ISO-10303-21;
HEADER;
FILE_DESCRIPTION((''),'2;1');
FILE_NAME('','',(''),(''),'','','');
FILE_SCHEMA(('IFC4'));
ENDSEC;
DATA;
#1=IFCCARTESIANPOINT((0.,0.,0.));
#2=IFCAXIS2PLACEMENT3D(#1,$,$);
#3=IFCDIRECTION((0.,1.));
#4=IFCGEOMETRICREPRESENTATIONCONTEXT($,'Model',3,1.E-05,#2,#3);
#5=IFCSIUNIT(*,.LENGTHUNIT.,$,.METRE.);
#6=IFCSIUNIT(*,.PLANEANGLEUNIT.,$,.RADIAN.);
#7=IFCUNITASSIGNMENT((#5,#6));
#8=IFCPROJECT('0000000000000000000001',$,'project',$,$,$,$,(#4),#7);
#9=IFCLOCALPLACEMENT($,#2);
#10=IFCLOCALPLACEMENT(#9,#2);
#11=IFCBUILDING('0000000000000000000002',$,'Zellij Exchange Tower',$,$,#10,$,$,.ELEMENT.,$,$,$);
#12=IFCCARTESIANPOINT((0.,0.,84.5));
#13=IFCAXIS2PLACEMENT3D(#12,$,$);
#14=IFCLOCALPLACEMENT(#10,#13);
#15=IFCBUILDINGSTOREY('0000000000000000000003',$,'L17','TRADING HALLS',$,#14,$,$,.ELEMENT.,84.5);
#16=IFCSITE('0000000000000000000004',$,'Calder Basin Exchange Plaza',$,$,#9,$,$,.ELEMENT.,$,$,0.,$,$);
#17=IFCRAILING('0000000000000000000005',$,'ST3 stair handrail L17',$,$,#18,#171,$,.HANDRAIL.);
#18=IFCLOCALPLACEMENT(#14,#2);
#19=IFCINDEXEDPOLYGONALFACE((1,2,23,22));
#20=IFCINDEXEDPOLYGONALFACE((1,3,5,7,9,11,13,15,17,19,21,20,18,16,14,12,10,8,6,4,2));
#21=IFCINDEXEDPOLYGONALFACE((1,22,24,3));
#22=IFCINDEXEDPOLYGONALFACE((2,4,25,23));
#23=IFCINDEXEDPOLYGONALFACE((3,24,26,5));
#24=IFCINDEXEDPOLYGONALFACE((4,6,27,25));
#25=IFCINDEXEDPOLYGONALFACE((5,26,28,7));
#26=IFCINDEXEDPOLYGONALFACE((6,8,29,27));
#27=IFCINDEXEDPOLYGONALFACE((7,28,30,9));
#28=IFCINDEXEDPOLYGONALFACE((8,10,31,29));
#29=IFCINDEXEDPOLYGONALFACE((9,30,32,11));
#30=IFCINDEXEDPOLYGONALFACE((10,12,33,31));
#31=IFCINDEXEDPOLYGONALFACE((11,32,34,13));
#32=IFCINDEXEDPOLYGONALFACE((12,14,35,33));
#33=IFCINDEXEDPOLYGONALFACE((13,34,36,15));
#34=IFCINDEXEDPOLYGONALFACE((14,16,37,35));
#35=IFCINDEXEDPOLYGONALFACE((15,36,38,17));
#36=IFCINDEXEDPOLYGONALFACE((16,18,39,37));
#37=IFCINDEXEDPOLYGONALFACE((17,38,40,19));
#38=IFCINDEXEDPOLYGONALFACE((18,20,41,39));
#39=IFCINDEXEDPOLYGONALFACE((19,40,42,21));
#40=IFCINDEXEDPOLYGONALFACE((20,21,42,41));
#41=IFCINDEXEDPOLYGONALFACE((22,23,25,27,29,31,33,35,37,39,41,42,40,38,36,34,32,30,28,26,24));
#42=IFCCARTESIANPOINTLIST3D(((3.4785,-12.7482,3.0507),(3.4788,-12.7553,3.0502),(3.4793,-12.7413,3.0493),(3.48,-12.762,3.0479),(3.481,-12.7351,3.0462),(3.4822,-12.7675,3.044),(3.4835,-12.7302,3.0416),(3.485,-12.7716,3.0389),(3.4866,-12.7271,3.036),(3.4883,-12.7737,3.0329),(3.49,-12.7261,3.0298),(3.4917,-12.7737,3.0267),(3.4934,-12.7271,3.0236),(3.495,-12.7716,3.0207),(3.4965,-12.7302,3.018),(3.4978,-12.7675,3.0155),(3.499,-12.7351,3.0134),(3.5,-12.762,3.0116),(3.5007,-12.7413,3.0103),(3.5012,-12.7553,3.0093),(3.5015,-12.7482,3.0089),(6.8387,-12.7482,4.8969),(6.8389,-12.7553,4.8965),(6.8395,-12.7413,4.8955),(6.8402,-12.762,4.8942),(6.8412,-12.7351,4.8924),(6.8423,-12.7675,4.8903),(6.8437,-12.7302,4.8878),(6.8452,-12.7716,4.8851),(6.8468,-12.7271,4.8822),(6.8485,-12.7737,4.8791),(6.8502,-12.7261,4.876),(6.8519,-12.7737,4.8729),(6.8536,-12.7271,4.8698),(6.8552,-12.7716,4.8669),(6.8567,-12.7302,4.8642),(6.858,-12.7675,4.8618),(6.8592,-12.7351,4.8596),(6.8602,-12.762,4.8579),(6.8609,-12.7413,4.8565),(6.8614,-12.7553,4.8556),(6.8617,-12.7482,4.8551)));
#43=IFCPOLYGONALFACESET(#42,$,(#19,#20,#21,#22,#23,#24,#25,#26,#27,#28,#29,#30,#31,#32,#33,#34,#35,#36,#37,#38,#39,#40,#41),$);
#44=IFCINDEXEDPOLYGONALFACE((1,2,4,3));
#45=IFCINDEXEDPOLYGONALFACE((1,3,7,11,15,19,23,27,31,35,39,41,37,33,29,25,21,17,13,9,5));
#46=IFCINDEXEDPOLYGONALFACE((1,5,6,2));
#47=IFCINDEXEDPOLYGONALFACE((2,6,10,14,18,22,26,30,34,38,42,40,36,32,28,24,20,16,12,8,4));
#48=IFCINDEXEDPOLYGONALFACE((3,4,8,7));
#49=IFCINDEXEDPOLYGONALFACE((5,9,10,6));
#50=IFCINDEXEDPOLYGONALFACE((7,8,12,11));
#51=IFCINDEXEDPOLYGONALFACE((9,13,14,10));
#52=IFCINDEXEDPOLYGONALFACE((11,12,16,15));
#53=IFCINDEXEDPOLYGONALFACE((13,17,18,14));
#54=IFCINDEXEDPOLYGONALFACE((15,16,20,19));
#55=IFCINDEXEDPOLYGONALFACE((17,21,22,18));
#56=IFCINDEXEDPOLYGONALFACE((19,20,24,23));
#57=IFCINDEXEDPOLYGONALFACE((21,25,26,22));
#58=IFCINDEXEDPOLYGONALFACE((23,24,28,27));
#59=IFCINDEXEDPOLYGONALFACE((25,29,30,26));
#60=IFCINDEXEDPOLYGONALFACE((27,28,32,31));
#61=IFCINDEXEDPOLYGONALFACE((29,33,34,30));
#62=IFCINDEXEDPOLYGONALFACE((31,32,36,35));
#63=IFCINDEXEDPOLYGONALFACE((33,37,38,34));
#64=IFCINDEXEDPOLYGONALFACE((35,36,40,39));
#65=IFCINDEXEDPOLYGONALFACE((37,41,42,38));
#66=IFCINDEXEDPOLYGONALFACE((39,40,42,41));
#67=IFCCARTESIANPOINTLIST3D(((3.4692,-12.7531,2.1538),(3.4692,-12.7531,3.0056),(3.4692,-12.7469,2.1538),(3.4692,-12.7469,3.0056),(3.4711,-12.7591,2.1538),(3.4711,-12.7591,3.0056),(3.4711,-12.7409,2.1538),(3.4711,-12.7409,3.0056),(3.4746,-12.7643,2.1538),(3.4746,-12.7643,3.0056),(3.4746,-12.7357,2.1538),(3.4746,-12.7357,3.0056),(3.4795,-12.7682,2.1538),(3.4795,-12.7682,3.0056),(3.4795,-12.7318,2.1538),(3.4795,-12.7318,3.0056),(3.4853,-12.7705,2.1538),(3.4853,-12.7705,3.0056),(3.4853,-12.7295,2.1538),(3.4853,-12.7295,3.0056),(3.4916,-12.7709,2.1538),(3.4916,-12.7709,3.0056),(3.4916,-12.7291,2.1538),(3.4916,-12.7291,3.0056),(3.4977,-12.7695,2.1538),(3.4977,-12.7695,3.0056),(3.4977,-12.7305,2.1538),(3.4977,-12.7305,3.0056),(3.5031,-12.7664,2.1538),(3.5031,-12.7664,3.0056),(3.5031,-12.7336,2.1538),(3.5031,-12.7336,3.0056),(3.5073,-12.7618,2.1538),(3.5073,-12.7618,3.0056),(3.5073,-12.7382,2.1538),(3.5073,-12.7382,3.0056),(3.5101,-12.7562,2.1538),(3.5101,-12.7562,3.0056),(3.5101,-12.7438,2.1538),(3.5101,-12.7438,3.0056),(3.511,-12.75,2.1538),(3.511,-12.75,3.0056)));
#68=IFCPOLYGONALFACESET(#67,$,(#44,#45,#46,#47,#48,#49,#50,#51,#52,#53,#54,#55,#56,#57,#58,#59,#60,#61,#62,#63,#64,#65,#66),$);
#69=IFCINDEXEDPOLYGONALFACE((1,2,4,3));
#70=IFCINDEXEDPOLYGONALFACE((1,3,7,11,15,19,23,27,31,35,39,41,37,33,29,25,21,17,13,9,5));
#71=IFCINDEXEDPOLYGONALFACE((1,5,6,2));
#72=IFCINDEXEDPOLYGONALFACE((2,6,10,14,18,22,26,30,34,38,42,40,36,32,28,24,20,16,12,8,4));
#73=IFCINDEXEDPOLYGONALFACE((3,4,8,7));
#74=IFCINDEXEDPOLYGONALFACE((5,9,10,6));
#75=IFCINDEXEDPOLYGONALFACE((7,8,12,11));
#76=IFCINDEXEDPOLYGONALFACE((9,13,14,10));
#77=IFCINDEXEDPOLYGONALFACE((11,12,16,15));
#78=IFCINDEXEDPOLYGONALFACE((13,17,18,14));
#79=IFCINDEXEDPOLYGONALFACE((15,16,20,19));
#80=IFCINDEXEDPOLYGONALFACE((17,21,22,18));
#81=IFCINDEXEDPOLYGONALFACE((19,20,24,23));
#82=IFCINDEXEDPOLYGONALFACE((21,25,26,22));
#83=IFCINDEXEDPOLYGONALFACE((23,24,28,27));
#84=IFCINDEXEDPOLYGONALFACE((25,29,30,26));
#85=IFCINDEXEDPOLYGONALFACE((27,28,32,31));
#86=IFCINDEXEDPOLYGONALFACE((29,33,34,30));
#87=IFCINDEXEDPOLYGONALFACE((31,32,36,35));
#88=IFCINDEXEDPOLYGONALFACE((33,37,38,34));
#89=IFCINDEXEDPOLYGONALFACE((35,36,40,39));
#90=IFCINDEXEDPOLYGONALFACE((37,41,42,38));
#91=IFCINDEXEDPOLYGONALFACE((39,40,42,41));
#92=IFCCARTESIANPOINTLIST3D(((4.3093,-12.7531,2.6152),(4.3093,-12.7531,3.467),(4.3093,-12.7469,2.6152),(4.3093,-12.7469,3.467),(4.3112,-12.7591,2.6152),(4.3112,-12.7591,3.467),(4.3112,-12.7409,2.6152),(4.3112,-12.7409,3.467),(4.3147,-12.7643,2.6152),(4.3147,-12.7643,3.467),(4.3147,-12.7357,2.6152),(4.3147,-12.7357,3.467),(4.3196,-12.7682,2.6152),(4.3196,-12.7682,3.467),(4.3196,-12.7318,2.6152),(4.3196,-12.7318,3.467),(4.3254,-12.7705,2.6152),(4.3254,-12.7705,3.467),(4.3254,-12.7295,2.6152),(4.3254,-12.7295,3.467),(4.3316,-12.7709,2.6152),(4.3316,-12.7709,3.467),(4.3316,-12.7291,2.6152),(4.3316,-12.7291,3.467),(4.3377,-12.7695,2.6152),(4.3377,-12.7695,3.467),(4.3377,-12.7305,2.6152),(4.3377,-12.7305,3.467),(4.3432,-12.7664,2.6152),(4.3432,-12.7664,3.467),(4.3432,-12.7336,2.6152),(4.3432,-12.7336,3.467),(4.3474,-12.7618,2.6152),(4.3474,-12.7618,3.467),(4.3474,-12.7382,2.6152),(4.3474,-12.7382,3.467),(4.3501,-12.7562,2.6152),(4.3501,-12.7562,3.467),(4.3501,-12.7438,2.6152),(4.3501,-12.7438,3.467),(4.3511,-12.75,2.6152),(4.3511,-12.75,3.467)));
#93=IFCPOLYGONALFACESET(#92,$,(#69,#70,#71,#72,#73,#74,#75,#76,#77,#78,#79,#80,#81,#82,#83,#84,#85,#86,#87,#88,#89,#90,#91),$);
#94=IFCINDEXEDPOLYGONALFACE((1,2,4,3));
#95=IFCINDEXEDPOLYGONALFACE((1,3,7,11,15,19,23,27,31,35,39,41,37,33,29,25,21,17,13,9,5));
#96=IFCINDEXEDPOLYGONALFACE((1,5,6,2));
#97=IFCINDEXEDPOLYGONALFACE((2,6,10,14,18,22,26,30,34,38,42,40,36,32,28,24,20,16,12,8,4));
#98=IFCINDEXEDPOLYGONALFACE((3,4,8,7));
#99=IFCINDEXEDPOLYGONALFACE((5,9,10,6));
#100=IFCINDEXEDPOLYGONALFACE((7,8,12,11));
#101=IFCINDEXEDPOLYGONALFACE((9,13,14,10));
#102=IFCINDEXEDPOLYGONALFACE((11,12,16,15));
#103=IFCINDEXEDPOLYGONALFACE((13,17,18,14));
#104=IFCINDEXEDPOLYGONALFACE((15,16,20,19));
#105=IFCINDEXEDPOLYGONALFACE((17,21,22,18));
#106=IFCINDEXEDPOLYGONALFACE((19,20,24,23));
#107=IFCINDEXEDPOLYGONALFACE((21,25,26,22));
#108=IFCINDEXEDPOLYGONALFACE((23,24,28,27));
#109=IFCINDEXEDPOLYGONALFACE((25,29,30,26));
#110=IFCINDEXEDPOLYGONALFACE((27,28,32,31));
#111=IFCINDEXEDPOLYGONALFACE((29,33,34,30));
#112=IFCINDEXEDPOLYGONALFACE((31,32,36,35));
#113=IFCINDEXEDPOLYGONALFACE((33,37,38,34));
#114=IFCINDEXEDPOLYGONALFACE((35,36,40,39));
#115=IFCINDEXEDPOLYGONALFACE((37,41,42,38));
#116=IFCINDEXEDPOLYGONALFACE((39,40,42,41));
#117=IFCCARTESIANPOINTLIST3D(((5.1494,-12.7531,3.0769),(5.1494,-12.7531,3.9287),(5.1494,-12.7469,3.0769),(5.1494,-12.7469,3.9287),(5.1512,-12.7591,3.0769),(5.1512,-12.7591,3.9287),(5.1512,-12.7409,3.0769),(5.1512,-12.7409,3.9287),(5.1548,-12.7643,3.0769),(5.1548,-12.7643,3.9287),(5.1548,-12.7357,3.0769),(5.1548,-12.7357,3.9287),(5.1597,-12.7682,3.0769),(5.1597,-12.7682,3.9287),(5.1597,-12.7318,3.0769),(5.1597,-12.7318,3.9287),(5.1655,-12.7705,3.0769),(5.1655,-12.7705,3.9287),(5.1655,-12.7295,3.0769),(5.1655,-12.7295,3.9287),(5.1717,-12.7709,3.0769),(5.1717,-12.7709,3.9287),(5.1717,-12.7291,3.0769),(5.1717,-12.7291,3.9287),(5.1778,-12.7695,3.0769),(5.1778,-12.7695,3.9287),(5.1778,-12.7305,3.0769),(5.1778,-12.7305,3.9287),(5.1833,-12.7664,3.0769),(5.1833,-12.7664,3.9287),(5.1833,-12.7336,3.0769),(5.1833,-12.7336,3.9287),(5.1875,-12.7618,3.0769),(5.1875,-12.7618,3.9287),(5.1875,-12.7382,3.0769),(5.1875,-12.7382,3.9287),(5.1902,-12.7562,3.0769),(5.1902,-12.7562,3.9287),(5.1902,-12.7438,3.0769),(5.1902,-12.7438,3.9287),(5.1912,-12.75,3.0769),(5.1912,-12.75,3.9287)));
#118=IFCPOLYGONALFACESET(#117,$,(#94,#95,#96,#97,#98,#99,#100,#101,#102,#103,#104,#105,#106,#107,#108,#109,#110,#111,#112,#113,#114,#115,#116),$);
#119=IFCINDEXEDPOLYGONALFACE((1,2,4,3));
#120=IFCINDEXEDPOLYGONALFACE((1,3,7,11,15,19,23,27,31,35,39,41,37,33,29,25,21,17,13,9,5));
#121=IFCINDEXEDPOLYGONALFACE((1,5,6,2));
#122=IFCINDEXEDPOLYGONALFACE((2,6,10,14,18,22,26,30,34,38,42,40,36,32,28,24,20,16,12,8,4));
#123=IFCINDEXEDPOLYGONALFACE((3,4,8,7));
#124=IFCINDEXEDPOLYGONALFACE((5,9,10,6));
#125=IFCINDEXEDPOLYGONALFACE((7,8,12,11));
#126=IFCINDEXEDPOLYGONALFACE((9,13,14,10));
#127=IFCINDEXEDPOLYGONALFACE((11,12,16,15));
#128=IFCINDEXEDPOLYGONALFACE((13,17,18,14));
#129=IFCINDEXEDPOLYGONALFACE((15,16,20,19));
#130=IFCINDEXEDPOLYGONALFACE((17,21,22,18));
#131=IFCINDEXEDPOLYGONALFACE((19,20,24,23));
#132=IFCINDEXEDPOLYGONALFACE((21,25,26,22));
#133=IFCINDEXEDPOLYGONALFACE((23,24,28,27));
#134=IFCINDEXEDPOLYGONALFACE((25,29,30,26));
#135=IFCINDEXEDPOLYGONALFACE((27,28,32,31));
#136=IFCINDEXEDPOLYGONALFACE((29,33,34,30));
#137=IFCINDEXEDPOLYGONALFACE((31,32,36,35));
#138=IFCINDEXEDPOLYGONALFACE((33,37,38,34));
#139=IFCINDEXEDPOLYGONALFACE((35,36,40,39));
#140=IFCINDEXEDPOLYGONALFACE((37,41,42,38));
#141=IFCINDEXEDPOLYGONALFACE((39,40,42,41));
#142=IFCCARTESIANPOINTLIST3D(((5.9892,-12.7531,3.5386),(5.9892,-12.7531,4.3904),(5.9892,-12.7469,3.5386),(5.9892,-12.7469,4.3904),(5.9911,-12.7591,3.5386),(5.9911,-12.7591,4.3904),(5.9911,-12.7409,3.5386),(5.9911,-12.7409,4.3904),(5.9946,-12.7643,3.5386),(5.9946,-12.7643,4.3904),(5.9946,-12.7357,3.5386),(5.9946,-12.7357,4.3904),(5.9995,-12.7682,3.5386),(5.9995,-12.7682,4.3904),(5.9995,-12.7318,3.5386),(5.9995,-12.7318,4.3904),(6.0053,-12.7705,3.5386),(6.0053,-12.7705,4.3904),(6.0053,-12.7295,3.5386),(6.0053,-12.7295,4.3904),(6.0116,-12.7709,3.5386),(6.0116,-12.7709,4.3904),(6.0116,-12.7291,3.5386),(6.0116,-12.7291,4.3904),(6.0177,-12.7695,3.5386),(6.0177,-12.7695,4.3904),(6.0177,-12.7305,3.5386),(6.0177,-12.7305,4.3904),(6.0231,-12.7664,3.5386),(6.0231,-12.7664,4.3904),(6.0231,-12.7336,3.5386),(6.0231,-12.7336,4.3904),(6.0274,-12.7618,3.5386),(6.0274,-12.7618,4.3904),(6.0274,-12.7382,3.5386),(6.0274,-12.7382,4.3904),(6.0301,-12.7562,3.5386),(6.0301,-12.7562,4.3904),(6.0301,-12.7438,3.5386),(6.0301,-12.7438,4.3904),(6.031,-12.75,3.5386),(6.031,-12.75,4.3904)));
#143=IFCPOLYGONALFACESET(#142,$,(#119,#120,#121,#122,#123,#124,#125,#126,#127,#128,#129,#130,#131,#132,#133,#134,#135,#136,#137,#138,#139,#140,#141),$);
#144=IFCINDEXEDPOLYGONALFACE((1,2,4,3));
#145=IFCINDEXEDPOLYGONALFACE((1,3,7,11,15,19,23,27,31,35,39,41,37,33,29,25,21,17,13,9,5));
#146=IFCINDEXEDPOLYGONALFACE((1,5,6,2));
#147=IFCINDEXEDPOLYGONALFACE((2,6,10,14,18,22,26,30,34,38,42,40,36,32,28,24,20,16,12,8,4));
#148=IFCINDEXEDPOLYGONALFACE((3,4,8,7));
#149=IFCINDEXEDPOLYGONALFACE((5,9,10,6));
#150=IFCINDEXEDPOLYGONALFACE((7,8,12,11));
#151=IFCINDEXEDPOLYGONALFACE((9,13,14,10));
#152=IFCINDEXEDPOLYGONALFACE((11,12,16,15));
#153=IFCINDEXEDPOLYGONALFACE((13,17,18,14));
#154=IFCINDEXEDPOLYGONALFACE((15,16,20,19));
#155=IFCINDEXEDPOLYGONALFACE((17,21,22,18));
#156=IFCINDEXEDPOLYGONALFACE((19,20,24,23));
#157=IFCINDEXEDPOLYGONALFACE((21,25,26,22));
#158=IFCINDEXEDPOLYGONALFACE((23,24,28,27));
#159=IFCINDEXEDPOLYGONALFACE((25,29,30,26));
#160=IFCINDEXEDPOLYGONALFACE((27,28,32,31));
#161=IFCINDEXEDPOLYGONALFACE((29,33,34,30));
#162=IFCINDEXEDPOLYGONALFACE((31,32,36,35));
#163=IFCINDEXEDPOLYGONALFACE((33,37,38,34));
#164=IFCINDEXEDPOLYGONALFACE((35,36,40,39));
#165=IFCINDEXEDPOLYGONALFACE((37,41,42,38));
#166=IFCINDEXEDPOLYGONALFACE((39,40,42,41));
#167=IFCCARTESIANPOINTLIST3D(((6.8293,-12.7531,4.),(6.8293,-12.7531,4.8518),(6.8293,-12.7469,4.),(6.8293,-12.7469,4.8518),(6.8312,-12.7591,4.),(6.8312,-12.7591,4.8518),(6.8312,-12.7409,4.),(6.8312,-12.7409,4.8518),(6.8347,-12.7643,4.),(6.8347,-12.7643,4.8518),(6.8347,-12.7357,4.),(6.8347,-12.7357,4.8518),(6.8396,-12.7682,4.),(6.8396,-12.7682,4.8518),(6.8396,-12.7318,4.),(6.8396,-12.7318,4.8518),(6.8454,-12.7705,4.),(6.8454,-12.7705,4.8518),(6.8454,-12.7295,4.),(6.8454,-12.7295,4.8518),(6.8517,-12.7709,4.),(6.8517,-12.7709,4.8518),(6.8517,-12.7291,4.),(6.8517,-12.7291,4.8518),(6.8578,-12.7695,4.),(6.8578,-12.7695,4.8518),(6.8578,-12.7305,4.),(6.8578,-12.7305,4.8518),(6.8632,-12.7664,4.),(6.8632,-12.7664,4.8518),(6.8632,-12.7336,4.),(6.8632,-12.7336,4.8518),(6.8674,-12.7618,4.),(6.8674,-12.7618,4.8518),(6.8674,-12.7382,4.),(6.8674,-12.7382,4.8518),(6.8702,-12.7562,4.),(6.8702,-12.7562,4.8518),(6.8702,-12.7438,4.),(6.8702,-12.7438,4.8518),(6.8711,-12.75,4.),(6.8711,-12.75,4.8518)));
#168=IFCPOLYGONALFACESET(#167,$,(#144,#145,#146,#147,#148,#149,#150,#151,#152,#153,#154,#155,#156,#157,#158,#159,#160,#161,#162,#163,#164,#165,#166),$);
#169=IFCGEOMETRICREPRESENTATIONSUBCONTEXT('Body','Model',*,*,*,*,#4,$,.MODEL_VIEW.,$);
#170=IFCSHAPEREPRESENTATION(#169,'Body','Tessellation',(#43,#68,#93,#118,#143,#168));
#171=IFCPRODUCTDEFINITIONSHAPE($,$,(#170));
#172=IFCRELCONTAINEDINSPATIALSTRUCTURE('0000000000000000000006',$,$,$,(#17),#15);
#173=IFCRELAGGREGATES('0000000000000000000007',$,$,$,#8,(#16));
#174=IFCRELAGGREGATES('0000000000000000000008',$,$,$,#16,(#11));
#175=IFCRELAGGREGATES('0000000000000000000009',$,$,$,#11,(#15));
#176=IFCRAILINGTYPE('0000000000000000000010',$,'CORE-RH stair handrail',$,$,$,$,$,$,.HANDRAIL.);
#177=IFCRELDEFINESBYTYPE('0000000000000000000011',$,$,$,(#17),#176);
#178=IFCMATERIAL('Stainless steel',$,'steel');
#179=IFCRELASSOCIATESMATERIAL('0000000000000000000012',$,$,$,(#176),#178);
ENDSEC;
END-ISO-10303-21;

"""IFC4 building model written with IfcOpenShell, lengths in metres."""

from ifc_helpers import new_model, si_unit, direction, frame, origin, origin_2d, place, context, subcontext, project, spatial, circle, extrude, material, type_object, element, save


model = new_model("IFC4")

# Units and contexts
model_context = context("Model", 3, precision=1e-05, world=origin(), true_north=direction((0.0, 1.0)))
body_context = subcontext(model_context, "Body", "Model", "MODEL_VIEW")
ifc_project = project(units=[si_unit("LENGTHUNIT", "METRE"), si_unit("PLANEANGLEUNIT", "RADIAN")], contexts=[model_context])

# Site, building, storey
site_placement = place(None, origin())
site = spatial("IfcSite", under=ifc_project, at=site_placement, Name="Calder Basin Exchange Plaza", CompositionType="ELEMENT", RefElevation=0.0)
building_placement = place(site_placement, origin())
building = spatial("IfcBuilding", under=site, at=building_placement, Name="Zellij Exchange Tower", CompositionType="ELEMENT")
storey_placement = place(building_placement, frame((0.0, 0.0, 84.5)))
storey = spatial("IfcBuildingStorey", under=building, at=storey_placement, Name="L17", Description="TRADING HALLS", CompositionType="ELEMENT", Elevation=84.5)

# Railing
ifc_material_1 = material(Name="Stainless steel", Category="steel")
railing_type_1 = type_object("IfcRailingType", Name="CORE-RH stair handrail", PredefinedType="HANDRAIL", material=ifc_material_1)
railing_1_placement = place(storey_placement, frame((3.49, -12.75, 2.1538)))
element("IfcRailing", 1, at=railing_1_placement, inside=storey, type_object=railing_type_1, Name="ST3 stair handrail L17", PredefinedType="HANDRAIL", context=body_context, shape_type="SweptSolid", body=[
    extrude(circle(Radius=0.0239, at=origin_2d()), frame((0.0, 0.0, 0.876), z_axis=(0.876422, 0.0, 0.481545), x_axis=(0.0, 1.0, 0.0)), (0.0, 0.0, 1.0), 3.834),
    extrude(circle(Radius=0.021, at=origin_2d()), origin(), (0.0, 0.0, 1.0), 0.8518),
    extrude(circle(Radius=0.021, at=origin_2d()), frame((0.8401, 0.0, 0.4614)), (0.0, 0.0, 1.0), 0.8518),
    extrude(circle(Radius=0.021, at=origin_2d()), frame((1.6802, 0.0, 0.9231)), (0.0, 0.0, 1.0), 0.8518),
    extrude(circle(Radius=0.021, at=origin_2d()), frame((2.52, 0.0, 1.3848)), (0.0, 0.0, 1.0), 0.8518),
    extrude(circle(Radius=0.021, at=origin_2d()), frame((3.3601, 0.0, 1.8462)), (0.0, 0.0, 1.0), 0.8518),
])

save(model, "model.ifc")
